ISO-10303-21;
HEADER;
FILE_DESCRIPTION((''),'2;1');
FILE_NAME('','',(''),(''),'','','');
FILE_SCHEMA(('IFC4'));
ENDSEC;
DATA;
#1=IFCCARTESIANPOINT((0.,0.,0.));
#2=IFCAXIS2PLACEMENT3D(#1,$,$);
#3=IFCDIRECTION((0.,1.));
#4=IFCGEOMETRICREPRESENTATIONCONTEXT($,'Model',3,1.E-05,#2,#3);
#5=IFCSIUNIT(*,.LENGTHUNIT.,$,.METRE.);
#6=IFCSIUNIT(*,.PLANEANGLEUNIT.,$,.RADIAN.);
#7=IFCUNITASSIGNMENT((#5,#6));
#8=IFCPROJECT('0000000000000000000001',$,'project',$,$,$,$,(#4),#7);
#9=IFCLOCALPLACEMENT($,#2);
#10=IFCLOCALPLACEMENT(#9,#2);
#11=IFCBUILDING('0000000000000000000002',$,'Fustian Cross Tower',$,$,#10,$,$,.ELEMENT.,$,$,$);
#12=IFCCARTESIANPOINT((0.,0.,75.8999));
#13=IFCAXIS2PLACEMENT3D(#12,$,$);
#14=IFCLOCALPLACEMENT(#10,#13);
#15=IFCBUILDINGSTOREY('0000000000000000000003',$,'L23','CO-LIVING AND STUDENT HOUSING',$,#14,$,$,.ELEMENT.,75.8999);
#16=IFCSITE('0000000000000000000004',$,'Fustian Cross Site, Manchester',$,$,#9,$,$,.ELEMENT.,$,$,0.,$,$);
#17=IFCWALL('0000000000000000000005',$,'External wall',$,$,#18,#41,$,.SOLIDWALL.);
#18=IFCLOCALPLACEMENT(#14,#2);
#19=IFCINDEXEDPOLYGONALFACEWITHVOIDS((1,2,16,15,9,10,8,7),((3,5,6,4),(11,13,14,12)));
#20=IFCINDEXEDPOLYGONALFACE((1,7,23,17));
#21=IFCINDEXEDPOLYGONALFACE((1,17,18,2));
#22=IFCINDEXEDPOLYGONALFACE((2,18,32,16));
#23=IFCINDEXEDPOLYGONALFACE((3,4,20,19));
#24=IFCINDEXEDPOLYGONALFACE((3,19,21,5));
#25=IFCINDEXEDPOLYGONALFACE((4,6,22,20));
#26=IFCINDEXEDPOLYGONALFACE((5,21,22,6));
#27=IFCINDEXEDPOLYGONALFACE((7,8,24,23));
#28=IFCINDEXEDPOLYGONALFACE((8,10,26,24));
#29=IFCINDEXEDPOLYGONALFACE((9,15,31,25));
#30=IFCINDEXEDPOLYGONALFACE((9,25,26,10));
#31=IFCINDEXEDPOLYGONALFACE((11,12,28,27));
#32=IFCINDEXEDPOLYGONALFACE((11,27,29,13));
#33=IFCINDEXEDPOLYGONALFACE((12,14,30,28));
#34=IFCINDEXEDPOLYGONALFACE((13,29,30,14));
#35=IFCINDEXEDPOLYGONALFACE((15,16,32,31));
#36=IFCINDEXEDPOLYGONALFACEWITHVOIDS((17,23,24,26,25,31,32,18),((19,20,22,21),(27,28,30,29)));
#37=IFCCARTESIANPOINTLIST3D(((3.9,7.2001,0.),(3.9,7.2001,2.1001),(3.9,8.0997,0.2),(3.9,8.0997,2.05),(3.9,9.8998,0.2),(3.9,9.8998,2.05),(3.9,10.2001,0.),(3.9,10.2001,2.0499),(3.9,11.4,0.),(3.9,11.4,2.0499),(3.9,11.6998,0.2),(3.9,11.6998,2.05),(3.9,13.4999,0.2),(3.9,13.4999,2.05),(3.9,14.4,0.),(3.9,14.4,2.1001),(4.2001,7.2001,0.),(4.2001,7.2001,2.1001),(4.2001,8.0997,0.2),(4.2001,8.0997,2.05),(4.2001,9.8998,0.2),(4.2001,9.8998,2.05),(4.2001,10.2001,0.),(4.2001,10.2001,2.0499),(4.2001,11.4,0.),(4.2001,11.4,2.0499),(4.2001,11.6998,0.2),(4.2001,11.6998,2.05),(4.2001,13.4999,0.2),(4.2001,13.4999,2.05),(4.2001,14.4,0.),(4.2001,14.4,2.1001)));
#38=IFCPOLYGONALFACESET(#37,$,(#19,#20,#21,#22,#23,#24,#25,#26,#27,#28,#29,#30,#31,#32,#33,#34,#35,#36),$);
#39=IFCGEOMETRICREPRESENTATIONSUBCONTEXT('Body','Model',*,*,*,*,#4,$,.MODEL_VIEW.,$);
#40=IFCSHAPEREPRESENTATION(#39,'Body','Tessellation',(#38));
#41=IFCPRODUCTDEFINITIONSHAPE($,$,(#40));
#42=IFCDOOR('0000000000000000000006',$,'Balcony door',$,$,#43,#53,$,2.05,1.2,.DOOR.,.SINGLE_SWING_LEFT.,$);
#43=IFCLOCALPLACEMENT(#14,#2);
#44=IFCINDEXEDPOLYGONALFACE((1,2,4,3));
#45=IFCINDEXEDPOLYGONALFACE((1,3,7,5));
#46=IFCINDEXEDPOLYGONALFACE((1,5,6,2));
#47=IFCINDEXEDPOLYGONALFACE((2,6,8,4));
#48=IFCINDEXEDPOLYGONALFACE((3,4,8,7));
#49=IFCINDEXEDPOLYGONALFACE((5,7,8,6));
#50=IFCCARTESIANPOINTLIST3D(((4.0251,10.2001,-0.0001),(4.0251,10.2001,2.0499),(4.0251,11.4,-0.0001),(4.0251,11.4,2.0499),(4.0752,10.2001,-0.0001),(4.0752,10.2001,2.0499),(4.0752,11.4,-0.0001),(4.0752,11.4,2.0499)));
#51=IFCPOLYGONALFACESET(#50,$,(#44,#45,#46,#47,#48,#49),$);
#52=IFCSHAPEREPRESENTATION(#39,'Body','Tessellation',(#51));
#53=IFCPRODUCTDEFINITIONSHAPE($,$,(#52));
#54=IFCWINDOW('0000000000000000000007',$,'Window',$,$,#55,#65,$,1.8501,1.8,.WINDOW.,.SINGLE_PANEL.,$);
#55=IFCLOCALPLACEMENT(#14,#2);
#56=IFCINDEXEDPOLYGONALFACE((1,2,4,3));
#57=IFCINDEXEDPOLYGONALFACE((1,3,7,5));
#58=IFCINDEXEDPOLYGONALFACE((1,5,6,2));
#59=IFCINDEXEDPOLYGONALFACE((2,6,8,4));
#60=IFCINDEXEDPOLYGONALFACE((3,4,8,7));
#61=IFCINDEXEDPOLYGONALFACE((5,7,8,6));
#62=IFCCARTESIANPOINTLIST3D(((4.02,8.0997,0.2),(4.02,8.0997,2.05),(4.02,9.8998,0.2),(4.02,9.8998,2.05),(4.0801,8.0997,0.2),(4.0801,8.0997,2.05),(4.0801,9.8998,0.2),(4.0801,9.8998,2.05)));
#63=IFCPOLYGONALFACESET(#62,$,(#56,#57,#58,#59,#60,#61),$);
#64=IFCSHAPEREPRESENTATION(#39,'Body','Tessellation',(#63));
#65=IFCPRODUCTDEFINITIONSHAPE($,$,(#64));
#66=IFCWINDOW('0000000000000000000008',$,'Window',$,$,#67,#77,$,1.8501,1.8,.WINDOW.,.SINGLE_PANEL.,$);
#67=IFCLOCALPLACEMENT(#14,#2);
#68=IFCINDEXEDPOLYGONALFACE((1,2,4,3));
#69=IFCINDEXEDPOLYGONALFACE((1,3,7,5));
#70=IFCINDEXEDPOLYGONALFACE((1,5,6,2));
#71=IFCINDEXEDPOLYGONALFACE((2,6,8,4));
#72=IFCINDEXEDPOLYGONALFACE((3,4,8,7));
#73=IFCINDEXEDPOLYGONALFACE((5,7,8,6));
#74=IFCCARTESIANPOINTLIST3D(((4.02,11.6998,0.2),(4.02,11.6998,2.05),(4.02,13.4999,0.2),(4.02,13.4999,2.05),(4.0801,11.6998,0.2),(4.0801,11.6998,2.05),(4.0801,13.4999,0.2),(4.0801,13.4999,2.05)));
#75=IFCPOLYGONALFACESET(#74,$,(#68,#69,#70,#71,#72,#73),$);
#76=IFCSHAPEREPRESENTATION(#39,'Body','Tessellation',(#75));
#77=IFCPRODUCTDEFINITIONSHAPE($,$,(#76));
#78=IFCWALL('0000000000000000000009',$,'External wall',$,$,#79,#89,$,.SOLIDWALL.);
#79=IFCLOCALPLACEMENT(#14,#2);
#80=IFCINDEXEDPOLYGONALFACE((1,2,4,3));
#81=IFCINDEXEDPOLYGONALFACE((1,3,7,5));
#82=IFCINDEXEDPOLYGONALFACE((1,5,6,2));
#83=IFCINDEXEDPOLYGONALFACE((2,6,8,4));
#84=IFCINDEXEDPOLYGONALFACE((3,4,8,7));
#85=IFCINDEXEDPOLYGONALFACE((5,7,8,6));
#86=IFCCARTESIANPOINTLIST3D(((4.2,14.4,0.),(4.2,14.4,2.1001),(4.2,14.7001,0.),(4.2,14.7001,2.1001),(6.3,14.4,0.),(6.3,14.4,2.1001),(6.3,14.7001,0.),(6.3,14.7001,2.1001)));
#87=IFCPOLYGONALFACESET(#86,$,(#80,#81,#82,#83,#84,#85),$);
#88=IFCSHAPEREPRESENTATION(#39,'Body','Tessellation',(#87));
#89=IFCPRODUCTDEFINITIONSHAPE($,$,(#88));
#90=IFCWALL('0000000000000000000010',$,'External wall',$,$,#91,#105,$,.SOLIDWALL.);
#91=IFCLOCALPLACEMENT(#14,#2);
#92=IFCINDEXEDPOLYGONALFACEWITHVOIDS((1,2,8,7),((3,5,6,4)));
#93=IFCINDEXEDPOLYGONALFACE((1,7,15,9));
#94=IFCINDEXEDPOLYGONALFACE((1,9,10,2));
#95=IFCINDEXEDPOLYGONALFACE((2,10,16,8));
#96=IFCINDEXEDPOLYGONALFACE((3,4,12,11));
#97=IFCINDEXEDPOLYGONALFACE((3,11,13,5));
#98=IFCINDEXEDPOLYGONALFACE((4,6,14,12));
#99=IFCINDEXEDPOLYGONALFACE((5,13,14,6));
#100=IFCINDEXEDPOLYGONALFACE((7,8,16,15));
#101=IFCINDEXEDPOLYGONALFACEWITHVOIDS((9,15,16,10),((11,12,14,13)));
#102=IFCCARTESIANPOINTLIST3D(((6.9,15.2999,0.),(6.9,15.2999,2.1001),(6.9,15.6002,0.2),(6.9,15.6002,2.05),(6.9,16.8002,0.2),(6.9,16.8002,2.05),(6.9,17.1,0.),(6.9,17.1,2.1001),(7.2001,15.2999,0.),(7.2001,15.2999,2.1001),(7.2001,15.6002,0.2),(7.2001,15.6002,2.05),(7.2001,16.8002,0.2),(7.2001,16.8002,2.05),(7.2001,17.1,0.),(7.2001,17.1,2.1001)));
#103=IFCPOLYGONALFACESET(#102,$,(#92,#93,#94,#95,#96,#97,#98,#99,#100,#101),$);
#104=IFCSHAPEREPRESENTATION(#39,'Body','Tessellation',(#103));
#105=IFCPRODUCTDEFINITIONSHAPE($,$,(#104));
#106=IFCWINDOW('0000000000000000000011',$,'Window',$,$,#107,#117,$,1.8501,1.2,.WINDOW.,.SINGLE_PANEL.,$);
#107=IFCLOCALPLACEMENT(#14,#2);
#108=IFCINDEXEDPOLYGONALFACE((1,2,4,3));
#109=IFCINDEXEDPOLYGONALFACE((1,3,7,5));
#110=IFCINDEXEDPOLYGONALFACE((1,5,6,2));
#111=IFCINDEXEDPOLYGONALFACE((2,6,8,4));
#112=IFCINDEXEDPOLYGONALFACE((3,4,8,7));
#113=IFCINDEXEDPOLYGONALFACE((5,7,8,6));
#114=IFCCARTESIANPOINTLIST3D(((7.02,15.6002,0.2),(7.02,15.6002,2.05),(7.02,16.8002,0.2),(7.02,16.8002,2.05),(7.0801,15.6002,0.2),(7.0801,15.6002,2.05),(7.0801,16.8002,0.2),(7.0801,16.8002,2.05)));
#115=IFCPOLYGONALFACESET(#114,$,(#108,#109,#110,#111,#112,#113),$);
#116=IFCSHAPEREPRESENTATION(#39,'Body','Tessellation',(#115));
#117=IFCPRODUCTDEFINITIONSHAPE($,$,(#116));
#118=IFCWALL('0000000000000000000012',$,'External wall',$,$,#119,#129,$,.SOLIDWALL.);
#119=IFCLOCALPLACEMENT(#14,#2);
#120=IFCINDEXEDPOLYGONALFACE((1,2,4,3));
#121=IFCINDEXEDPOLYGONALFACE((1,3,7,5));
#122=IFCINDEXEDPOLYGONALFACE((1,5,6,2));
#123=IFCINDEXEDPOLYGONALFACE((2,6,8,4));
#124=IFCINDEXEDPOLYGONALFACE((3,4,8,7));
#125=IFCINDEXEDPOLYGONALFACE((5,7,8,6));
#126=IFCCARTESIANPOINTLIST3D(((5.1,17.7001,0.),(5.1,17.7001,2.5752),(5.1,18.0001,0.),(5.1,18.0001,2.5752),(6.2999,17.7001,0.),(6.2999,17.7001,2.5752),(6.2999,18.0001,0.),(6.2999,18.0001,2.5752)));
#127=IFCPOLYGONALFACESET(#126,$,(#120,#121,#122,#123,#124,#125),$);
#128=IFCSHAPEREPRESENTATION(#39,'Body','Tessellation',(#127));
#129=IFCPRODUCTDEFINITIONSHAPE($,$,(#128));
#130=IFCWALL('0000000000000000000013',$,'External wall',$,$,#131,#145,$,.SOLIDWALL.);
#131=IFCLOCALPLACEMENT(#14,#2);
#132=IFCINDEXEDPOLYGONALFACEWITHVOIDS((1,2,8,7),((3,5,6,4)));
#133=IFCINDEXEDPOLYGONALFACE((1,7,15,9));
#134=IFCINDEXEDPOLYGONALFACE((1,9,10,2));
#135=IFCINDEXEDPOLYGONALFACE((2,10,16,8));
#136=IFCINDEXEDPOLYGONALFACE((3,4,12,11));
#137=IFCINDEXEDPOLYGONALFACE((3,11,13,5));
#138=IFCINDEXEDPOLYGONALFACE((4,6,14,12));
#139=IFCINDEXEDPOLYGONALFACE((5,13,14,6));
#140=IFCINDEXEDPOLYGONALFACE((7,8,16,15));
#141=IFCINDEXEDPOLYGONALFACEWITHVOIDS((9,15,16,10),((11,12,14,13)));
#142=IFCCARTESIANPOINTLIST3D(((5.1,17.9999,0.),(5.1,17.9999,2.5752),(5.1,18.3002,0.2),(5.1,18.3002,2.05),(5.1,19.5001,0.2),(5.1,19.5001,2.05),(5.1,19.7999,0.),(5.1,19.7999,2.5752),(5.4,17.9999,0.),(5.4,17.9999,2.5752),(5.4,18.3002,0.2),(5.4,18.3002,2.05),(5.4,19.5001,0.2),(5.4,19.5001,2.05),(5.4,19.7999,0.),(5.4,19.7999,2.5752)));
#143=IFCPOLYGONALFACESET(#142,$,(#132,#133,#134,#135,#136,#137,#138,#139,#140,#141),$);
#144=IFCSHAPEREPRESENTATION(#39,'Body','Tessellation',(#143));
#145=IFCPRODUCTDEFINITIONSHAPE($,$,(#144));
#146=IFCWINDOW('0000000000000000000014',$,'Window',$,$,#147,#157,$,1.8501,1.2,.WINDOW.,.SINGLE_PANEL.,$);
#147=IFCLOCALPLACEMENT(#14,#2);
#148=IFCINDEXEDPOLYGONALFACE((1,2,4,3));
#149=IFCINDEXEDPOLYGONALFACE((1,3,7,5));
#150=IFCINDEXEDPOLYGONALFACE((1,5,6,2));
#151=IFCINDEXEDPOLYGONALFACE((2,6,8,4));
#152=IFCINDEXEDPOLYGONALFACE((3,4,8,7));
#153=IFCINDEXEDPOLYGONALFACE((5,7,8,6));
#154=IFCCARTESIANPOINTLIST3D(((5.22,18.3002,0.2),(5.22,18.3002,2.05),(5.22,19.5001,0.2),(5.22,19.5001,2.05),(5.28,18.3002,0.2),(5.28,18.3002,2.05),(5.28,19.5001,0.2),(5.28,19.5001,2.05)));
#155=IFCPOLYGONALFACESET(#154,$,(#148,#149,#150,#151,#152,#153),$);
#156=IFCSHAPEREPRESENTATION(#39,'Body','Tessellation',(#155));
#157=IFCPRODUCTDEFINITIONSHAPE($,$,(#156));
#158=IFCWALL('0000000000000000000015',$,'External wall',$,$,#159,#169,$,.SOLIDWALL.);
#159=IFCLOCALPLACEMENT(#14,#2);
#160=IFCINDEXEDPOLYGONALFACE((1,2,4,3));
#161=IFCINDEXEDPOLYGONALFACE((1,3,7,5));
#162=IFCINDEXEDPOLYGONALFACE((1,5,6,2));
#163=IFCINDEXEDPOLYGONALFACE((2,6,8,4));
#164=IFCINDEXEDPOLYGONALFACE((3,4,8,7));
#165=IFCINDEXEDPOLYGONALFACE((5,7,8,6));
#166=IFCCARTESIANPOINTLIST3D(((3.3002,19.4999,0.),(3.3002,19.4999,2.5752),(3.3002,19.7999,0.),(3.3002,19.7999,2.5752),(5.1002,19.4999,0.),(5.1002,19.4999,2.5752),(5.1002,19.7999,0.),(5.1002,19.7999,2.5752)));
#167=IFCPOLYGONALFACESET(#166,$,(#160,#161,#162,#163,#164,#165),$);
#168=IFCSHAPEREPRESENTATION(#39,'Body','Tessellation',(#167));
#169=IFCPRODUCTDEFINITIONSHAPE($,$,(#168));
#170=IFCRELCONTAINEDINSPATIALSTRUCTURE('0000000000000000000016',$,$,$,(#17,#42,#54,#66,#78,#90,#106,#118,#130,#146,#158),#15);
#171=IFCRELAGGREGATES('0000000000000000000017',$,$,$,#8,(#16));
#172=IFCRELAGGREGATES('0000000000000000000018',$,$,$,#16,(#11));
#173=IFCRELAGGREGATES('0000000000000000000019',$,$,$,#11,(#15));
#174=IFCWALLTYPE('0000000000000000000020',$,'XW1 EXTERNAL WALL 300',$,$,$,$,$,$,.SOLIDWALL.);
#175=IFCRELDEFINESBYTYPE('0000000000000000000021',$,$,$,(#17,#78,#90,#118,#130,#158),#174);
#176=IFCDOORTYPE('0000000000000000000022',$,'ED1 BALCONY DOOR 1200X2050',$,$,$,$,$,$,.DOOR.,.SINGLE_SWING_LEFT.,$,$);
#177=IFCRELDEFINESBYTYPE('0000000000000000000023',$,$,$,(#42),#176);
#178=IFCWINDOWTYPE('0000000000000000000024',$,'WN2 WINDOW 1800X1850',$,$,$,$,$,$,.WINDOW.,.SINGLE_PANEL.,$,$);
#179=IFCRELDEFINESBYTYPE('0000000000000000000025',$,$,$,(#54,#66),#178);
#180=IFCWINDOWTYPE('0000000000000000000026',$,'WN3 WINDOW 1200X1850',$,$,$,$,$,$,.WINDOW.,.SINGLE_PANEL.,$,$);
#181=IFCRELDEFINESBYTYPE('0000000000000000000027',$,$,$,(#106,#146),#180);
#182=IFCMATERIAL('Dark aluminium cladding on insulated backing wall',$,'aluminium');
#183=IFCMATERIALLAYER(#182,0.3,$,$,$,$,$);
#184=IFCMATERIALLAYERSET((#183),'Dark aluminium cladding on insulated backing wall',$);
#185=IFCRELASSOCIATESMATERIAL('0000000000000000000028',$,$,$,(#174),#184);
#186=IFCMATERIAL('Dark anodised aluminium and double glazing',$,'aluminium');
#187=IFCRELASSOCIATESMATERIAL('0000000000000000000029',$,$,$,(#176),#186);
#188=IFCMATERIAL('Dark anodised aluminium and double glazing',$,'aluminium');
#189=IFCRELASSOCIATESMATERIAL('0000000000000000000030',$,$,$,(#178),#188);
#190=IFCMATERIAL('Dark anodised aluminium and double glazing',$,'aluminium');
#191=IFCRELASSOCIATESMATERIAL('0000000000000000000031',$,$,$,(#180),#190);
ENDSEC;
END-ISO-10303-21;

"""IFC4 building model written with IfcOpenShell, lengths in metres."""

from ifc_helpers import new_model, si_unit, direction, frame, frame_2d, origin, place, context, subcontext, project, spatial, rectangle, extrude, material, layer, layer_set, type_object, element, fill, save


model = new_model("IFC4")

# Units and contexts
model_context = context("Model", 3, precision=1e-05, world=origin(), true_north=direction((0.0, 1.0)))
body_context = subcontext(model_context, "Body", "Model", "MODEL_VIEW")
ifc_project = project(units=[si_unit("LENGTHUNIT", "METRE"), si_unit("PLANEANGLEUNIT", "RADIAN")], contexts=[model_context])

# Site, building, storey
site_placement = place(None, origin())
site = spatial("IfcSite", under=ifc_project, at=site_placement, Name="Fustian Cross Site, Manchester", CompositionType="ELEMENT", RefElevation=0.0)
building_placement = place(site_placement, origin())
building = spatial("IfcBuilding", under=site, at=building_placement, Name="Fustian Cross Tower", CompositionType="ELEMENT")
storey_placement = place(building_placement, frame((0.0, 0.0, 75.8999)))
storey = spatial("IfcBuildingStorey", under=building, at=storey_placement, Name="L23", Description="CO-LIVING AND STUDENT HOUSING", CompositionType="ELEMENT", Elevation=75.8999)

# Wall, openings, door, windows
ifc_material_1 = material(Name="Dark aluminium cladding on insulated backing wall", Category="aluminium")
ifc_layer_1 = layer(ifc_material_1, 0.3)
ifc_layer_set_1 = layer_set([ifc_layer_1], Name="Dark aluminium cladding on insulated backing wall")
wall_type_1 = type_object("IfcWallType", Name="XW1 EXTERNAL WALL 300", PredefinedType="SOLIDWALL", material=ifc_layer_set_1)
wall_1_placement = place(storey_placement, frame((4.05, 7.2, 0.0), z_axis=(0.0, 0.0, 1.0), x_axis=(0.0, 1.0, 0.0)))
wall_1 = element("IfcWall", 1, at=wall_1_placement, inside=storey, type_object=wall_type_1, Name="External wall", PredefinedType="SOLIDWALL", context=body_context, shape_type="SweptSolid", body=[
    extrude(rectangle(XDim=7.2, YDim=0.3, at=frame_2d((3.6001, 0.0))), origin(), (0.0, 0.0, 1.0), 2.1001),
])
opening_1_placement = place(wall_1_placement, frame((3.0, 0.0, 0.0)))
opening_1 = element("IfcOpeningElement", 2, at=opening_1_placement, cuts=wall_1, PredefinedType="OPENING", context=body_context, shape_type="SweptSolid", body=[
    extrude(rectangle(XDim=1.2, YDim=2.05, at=frame_2d((0.6001, 1.0249))), frame((0.0, 0.1599, 0.0), z_axis=(0.0, -1.0, 0.0), x_axis=(1.0, 0.0, 0.0)), (0.0, 0.0, 1.0), 0.3201),
])
opening_2_placement = place(wall_1_placement, frame((0.8999, 0.0, 0.2)))
opening_2 = element("IfcOpeningElement", 3, at=opening_2_placement, cuts=wall_1, PredefinedType="OPENING", context=body_context, shape_type="SweptSolid", body=[
    extrude(rectangle(XDim=1.8, YDim=1.8501, at=frame_2d((0.8999, 0.925))), frame((0.0, 0.1599, 0.0), z_axis=(0.0, -1.0, 0.0), x_axis=(1.0, 0.0, 0.0)), (0.0, 0.0, 1.0), 0.3201),
])
opening_3_placement = place(wall_1_placement, frame((4.5, 0.0, 0.2)))
opening_3 = element("IfcOpeningElement", 4, at=opening_3_placement, cuts=wall_1, PredefinedType="OPENING", context=body_context, shape_type="SweptSolid", body=[
    extrude(rectangle(XDim=1.8, YDim=1.8501, at=frame_2d((0.8999, 0.925))), frame((0.0, 0.1599, 0.0), z_axis=(0.0, -1.0, 0.0), x_axis=(1.0, 0.0, 0.0)), (0.0, 0.0, 1.0), 0.3201),
])
ifc_material_2 = material(Name="Dark anodised aluminium and double glazing", Category="aluminium")
door_type = type_object("IfcDoorType", Name="ED1 BALCONY DOOR 1200X2050", OperationType="SINGLE_SWING_LEFT", PredefinedType="DOOR", material=ifc_material_2)
door_placement = place(opening_1_placement, origin())
door = element("IfcDoor", 5, at=door_placement, inside=storey, type_object=door_type, Name="Balcony door", OperationType="SINGLE_SWING_LEFT", OverallHeight=2.05, OverallWidth=1.2, PredefinedType="DOOR", context=body_context, shape_type="SweptSolid", body=[
    extrude(rectangle(XDim=1.2, YDim=2.05, at=frame_2d((0.6001, 1.0249))), frame((0.0, 0.0249, 0.0), z_axis=(0.0, -1.0, 0.0), x_axis=(1.0, 0.0, 0.0)), (0.0, 0.0, 1.0), 0.05),
])
fill(opening_1, door)
ifc_material_3 = material(Name="Dark anodised aluminium and double glazing", Category="aluminium")
window_type_1 = type_object("IfcWindowType", Name="WN2 WINDOW 1800X1850", PartitioningType="SINGLE_PANEL", PredefinedType="WINDOW", material=ifc_material_3)
window_1_placement = place(opening_2_placement, origin())
window_1 = element("IfcWindow", 6, at=window_1_placement, inside=storey, type_object=window_type_1, Name="Window", OverallHeight=1.8501, OverallWidth=1.8, PartitioningType="SINGLE_PANEL", PredefinedType="WINDOW", context=body_context, shape_type="SweptSolid", body=[
    extrude(rectangle(XDim=1.8, YDim=1.8501, at=frame_2d((0.8999, 0.925))), frame((0.0, 0.03, 0.0), z_axis=(0.0, -1.0, 0.0), x_axis=(1.0, 0.0, 0.0)), (0.0, 0.0, 1.0), 0.0601),
])
fill(opening_2, window_1)
window_2_placement = place(opening_3_placement, origin())
window_2 = element("IfcWindow", 7, at=window_2_placement, inside=storey, type_object=window_type_1, Name="Window", OverallHeight=1.8501, OverallWidth=1.8, PartitioningType="SINGLE_PANEL", PredefinedType="WINDOW", context=body_context, shape_type="SweptSolid", body=[
    extrude(rectangle(XDim=1.8, YDim=1.8501, at=frame_2d((0.8999, 0.925))), frame((0.0, 0.03, 0.0), z_axis=(0.0, -1.0, 0.0), x_axis=(1.0, 0.0, 0.0)), (0.0, 0.0, 1.0), 0.0601),
])
fill(opening_3, window_2)

# Wall
wall_2_placement = place(storey_placement, frame((4.2, 14.55, 0.0), z_axis=(0.0, 0.0, 1.0), x_axis=(1.0, 0.0, 0.0)))
element("IfcWall", 8, at=wall_2_placement, inside=storey, type_object=wall_type_1, Name="External wall", PredefinedType="SOLIDWALL", context=body_context, shape_type="SweptSolid", body=[
    extrude(rectangle(XDim=2.1001, YDim=0.3, at=frame_2d((1.05, 0.0))), origin(), (0.0, 0.0, 1.0), 2.1001),
])

# Wall, opening, window
wall_3_placement = place(storey_placement, frame((7.05, 15.3, 0.0), z_axis=(0.0, 0.0, 1.0), x_axis=(0.0, 1.0, 0.0)))
wall_3 = element("IfcWall", 9, at=wall_3_placement, inside=storey, type_object=wall_type_1, Name="External wall", PredefinedType="SOLIDWALL", context=body_context, shape_type="SweptSolid", body=[
    extrude(rectangle(XDim=1.8, YDim=0.3, at=frame_2d((0.8999, 0.0))), origin(), (0.0, 0.0, 1.0), 2.1001),
])
opening_4_placement = place(wall_3_placement, frame((0.3, 0.0, 0.2)))
opening_4 = element("IfcOpeningElement", 10, at=opening_4_placement, cuts=wall_3, PredefinedType="OPENING", context=body_context, shape_type="SweptSolid", body=[
    extrude(rectangle(XDim=1.2, YDim=1.8501, at=frame_2d((0.6001, 0.925))), frame((0.0, 0.1599, 0.0), z_axis=(0.0, -1.0, 0.0), x_axis=(1.0, 0.0, 0.0)), (0.0, 0.0, 1.0), 0.3201),
])
ifc_material_4 = material(Name="Dark anodised aluminium and double glazing", Category="aluminium")
window_type_2 = type_object("IfcWindowType", Name="WN3 WINDOW 1200X1850", PartitioningType="SINGLE_PANEL", PredefinedType="WINDOW", material=ifc_material_4)
window_3_placement = place(opening_4_placement, origin())
window_3 = element("IfcWindow", 11, at=window_3_placement, inside=storey, type_object=window_type_2, Name="Window", OverallHeight=1.8501, OverallWidth=1.2, PartitioningType="SINGLE_PANEL", PredefinedType="WINDOW", context=body_context, shape_type="SweptSolid", body=[
    extrude(rectangle(XDim=1.2, YDim=1.8501, at=frame_2d((0.6001, 0.925))), frame((0.0, 0.03, 0.0), z_axis=(0.0, -1.0, 0.0), x_axis=(1.0, 0.0, 0.0)), (0.0, 0.0, 1.0), 0.0601),
])
fill(opening_4, window_3)

# Wall
wall_4_placement = place(storey_placement, frame((6.3, 17.8501, 0.0), z_axis=(0.0, 0.0, 1.0), x_axis=(-1.0, 0.0, 0.0)))
element("IfcWall", 12, at=wall_4_placement, inside=storey, type_object=wall_type_1, Name="External wall", PredefinedType="SOLIDWALL", context=body_context, shape_type="SweptSolid", body=[
    extrude(rectangle(XDim=1.2, YDim=0.3, at=frame_2d((0.6001, 0.0))), origin(), (0.0, 0.0, 1.0), 2.5752),
])

# Wall, opening, window
wall_5_placement = place(storey_placement, frame((5.25, 18.0, 0.0), z_axis=(0.0, 0.0, 1.0), x_axis=(0.0, 1.0, 0.0)))
wall_5 = element("IfcWall", 13, at=wall_5_placement, inside=storey, type_object=wall_type_1, Name="External wall", PredefinedType="SOLIDWALL", context=body_context, shape_type="SweptSolid", body=[
    extrude(rectangle(XDim=1.8, YDim=0.3, at=frame_2d((0.8999, 0.0))), origin(), (0.0, 0.0, 1.0), 2.5752),
])
opening_5_placement = place(wall_5_placement, frame((0.3, 0.0, 0.2)))
opening_5 = element("IfcOpeningElement", 14, at=opening_5_placement, cuts=wall_5, PredefinedType="OPENING", context=body_context, shape_type="SweptSolid", body=[
    extrude(rectangle(XDim=1.2, YDim=1.8501, at=frame_2d((0.6001, 0.925))), frame((0.0, 0.1599, 0.0), z_axis=(0.0, -1.0, 0.0), x_axis=(1.0, 0.0, 0.0)), (0.0, 0.0, 1.0), 0.3201),
])
window_4_placement = place(opening_5_placement, origin())
window_4 = element("IfcWindow", 15, at=window_4_placement, inside=storey, type_object=window_type_2, Name="Window", OverallHeight=1.8501, OverallWidth=1.2, PartitioningType="SINGLE_PANEL", PredefinedType="WINDOW", context=body_context, shape_type="SweptSolid", body=[
    extrude(rectangle(XDim=1.2, YDim=1.8501, at=frame_2d((0.6001, 0.925))), frame((0.0, 0.03, 0.0), z_axis=(0.0, -1.0, 0.0), x_axis=(1.0, 0.0, 0.0)), (0.0, 0.0, 1.0), 0.0601),
])
fill(opening_5, window_4)

# Wall
wall_6_placement = place(storey_placement, frame((5.1001, 19.6499, 0.0), z_axis=(0.0, 0.0, 1.0), x_axis=(-1.0, 0.0, 0.0)))
element("IfcWall", 16, at=wall_6_placement, inside=storey, type_object=wall_type_1, Name="External wall", PredefinedType="SOLIDWALL", context=body_context, shape_type="SweptSolid", body=[
    extrude(rectangle(XDim=1.8, YDim=0.3, at=frame_2d((0.8999, 0.0))), origin(), (0.0, 0.0, 1.0), 2.5752),
])

save(model, "model.ifc")
